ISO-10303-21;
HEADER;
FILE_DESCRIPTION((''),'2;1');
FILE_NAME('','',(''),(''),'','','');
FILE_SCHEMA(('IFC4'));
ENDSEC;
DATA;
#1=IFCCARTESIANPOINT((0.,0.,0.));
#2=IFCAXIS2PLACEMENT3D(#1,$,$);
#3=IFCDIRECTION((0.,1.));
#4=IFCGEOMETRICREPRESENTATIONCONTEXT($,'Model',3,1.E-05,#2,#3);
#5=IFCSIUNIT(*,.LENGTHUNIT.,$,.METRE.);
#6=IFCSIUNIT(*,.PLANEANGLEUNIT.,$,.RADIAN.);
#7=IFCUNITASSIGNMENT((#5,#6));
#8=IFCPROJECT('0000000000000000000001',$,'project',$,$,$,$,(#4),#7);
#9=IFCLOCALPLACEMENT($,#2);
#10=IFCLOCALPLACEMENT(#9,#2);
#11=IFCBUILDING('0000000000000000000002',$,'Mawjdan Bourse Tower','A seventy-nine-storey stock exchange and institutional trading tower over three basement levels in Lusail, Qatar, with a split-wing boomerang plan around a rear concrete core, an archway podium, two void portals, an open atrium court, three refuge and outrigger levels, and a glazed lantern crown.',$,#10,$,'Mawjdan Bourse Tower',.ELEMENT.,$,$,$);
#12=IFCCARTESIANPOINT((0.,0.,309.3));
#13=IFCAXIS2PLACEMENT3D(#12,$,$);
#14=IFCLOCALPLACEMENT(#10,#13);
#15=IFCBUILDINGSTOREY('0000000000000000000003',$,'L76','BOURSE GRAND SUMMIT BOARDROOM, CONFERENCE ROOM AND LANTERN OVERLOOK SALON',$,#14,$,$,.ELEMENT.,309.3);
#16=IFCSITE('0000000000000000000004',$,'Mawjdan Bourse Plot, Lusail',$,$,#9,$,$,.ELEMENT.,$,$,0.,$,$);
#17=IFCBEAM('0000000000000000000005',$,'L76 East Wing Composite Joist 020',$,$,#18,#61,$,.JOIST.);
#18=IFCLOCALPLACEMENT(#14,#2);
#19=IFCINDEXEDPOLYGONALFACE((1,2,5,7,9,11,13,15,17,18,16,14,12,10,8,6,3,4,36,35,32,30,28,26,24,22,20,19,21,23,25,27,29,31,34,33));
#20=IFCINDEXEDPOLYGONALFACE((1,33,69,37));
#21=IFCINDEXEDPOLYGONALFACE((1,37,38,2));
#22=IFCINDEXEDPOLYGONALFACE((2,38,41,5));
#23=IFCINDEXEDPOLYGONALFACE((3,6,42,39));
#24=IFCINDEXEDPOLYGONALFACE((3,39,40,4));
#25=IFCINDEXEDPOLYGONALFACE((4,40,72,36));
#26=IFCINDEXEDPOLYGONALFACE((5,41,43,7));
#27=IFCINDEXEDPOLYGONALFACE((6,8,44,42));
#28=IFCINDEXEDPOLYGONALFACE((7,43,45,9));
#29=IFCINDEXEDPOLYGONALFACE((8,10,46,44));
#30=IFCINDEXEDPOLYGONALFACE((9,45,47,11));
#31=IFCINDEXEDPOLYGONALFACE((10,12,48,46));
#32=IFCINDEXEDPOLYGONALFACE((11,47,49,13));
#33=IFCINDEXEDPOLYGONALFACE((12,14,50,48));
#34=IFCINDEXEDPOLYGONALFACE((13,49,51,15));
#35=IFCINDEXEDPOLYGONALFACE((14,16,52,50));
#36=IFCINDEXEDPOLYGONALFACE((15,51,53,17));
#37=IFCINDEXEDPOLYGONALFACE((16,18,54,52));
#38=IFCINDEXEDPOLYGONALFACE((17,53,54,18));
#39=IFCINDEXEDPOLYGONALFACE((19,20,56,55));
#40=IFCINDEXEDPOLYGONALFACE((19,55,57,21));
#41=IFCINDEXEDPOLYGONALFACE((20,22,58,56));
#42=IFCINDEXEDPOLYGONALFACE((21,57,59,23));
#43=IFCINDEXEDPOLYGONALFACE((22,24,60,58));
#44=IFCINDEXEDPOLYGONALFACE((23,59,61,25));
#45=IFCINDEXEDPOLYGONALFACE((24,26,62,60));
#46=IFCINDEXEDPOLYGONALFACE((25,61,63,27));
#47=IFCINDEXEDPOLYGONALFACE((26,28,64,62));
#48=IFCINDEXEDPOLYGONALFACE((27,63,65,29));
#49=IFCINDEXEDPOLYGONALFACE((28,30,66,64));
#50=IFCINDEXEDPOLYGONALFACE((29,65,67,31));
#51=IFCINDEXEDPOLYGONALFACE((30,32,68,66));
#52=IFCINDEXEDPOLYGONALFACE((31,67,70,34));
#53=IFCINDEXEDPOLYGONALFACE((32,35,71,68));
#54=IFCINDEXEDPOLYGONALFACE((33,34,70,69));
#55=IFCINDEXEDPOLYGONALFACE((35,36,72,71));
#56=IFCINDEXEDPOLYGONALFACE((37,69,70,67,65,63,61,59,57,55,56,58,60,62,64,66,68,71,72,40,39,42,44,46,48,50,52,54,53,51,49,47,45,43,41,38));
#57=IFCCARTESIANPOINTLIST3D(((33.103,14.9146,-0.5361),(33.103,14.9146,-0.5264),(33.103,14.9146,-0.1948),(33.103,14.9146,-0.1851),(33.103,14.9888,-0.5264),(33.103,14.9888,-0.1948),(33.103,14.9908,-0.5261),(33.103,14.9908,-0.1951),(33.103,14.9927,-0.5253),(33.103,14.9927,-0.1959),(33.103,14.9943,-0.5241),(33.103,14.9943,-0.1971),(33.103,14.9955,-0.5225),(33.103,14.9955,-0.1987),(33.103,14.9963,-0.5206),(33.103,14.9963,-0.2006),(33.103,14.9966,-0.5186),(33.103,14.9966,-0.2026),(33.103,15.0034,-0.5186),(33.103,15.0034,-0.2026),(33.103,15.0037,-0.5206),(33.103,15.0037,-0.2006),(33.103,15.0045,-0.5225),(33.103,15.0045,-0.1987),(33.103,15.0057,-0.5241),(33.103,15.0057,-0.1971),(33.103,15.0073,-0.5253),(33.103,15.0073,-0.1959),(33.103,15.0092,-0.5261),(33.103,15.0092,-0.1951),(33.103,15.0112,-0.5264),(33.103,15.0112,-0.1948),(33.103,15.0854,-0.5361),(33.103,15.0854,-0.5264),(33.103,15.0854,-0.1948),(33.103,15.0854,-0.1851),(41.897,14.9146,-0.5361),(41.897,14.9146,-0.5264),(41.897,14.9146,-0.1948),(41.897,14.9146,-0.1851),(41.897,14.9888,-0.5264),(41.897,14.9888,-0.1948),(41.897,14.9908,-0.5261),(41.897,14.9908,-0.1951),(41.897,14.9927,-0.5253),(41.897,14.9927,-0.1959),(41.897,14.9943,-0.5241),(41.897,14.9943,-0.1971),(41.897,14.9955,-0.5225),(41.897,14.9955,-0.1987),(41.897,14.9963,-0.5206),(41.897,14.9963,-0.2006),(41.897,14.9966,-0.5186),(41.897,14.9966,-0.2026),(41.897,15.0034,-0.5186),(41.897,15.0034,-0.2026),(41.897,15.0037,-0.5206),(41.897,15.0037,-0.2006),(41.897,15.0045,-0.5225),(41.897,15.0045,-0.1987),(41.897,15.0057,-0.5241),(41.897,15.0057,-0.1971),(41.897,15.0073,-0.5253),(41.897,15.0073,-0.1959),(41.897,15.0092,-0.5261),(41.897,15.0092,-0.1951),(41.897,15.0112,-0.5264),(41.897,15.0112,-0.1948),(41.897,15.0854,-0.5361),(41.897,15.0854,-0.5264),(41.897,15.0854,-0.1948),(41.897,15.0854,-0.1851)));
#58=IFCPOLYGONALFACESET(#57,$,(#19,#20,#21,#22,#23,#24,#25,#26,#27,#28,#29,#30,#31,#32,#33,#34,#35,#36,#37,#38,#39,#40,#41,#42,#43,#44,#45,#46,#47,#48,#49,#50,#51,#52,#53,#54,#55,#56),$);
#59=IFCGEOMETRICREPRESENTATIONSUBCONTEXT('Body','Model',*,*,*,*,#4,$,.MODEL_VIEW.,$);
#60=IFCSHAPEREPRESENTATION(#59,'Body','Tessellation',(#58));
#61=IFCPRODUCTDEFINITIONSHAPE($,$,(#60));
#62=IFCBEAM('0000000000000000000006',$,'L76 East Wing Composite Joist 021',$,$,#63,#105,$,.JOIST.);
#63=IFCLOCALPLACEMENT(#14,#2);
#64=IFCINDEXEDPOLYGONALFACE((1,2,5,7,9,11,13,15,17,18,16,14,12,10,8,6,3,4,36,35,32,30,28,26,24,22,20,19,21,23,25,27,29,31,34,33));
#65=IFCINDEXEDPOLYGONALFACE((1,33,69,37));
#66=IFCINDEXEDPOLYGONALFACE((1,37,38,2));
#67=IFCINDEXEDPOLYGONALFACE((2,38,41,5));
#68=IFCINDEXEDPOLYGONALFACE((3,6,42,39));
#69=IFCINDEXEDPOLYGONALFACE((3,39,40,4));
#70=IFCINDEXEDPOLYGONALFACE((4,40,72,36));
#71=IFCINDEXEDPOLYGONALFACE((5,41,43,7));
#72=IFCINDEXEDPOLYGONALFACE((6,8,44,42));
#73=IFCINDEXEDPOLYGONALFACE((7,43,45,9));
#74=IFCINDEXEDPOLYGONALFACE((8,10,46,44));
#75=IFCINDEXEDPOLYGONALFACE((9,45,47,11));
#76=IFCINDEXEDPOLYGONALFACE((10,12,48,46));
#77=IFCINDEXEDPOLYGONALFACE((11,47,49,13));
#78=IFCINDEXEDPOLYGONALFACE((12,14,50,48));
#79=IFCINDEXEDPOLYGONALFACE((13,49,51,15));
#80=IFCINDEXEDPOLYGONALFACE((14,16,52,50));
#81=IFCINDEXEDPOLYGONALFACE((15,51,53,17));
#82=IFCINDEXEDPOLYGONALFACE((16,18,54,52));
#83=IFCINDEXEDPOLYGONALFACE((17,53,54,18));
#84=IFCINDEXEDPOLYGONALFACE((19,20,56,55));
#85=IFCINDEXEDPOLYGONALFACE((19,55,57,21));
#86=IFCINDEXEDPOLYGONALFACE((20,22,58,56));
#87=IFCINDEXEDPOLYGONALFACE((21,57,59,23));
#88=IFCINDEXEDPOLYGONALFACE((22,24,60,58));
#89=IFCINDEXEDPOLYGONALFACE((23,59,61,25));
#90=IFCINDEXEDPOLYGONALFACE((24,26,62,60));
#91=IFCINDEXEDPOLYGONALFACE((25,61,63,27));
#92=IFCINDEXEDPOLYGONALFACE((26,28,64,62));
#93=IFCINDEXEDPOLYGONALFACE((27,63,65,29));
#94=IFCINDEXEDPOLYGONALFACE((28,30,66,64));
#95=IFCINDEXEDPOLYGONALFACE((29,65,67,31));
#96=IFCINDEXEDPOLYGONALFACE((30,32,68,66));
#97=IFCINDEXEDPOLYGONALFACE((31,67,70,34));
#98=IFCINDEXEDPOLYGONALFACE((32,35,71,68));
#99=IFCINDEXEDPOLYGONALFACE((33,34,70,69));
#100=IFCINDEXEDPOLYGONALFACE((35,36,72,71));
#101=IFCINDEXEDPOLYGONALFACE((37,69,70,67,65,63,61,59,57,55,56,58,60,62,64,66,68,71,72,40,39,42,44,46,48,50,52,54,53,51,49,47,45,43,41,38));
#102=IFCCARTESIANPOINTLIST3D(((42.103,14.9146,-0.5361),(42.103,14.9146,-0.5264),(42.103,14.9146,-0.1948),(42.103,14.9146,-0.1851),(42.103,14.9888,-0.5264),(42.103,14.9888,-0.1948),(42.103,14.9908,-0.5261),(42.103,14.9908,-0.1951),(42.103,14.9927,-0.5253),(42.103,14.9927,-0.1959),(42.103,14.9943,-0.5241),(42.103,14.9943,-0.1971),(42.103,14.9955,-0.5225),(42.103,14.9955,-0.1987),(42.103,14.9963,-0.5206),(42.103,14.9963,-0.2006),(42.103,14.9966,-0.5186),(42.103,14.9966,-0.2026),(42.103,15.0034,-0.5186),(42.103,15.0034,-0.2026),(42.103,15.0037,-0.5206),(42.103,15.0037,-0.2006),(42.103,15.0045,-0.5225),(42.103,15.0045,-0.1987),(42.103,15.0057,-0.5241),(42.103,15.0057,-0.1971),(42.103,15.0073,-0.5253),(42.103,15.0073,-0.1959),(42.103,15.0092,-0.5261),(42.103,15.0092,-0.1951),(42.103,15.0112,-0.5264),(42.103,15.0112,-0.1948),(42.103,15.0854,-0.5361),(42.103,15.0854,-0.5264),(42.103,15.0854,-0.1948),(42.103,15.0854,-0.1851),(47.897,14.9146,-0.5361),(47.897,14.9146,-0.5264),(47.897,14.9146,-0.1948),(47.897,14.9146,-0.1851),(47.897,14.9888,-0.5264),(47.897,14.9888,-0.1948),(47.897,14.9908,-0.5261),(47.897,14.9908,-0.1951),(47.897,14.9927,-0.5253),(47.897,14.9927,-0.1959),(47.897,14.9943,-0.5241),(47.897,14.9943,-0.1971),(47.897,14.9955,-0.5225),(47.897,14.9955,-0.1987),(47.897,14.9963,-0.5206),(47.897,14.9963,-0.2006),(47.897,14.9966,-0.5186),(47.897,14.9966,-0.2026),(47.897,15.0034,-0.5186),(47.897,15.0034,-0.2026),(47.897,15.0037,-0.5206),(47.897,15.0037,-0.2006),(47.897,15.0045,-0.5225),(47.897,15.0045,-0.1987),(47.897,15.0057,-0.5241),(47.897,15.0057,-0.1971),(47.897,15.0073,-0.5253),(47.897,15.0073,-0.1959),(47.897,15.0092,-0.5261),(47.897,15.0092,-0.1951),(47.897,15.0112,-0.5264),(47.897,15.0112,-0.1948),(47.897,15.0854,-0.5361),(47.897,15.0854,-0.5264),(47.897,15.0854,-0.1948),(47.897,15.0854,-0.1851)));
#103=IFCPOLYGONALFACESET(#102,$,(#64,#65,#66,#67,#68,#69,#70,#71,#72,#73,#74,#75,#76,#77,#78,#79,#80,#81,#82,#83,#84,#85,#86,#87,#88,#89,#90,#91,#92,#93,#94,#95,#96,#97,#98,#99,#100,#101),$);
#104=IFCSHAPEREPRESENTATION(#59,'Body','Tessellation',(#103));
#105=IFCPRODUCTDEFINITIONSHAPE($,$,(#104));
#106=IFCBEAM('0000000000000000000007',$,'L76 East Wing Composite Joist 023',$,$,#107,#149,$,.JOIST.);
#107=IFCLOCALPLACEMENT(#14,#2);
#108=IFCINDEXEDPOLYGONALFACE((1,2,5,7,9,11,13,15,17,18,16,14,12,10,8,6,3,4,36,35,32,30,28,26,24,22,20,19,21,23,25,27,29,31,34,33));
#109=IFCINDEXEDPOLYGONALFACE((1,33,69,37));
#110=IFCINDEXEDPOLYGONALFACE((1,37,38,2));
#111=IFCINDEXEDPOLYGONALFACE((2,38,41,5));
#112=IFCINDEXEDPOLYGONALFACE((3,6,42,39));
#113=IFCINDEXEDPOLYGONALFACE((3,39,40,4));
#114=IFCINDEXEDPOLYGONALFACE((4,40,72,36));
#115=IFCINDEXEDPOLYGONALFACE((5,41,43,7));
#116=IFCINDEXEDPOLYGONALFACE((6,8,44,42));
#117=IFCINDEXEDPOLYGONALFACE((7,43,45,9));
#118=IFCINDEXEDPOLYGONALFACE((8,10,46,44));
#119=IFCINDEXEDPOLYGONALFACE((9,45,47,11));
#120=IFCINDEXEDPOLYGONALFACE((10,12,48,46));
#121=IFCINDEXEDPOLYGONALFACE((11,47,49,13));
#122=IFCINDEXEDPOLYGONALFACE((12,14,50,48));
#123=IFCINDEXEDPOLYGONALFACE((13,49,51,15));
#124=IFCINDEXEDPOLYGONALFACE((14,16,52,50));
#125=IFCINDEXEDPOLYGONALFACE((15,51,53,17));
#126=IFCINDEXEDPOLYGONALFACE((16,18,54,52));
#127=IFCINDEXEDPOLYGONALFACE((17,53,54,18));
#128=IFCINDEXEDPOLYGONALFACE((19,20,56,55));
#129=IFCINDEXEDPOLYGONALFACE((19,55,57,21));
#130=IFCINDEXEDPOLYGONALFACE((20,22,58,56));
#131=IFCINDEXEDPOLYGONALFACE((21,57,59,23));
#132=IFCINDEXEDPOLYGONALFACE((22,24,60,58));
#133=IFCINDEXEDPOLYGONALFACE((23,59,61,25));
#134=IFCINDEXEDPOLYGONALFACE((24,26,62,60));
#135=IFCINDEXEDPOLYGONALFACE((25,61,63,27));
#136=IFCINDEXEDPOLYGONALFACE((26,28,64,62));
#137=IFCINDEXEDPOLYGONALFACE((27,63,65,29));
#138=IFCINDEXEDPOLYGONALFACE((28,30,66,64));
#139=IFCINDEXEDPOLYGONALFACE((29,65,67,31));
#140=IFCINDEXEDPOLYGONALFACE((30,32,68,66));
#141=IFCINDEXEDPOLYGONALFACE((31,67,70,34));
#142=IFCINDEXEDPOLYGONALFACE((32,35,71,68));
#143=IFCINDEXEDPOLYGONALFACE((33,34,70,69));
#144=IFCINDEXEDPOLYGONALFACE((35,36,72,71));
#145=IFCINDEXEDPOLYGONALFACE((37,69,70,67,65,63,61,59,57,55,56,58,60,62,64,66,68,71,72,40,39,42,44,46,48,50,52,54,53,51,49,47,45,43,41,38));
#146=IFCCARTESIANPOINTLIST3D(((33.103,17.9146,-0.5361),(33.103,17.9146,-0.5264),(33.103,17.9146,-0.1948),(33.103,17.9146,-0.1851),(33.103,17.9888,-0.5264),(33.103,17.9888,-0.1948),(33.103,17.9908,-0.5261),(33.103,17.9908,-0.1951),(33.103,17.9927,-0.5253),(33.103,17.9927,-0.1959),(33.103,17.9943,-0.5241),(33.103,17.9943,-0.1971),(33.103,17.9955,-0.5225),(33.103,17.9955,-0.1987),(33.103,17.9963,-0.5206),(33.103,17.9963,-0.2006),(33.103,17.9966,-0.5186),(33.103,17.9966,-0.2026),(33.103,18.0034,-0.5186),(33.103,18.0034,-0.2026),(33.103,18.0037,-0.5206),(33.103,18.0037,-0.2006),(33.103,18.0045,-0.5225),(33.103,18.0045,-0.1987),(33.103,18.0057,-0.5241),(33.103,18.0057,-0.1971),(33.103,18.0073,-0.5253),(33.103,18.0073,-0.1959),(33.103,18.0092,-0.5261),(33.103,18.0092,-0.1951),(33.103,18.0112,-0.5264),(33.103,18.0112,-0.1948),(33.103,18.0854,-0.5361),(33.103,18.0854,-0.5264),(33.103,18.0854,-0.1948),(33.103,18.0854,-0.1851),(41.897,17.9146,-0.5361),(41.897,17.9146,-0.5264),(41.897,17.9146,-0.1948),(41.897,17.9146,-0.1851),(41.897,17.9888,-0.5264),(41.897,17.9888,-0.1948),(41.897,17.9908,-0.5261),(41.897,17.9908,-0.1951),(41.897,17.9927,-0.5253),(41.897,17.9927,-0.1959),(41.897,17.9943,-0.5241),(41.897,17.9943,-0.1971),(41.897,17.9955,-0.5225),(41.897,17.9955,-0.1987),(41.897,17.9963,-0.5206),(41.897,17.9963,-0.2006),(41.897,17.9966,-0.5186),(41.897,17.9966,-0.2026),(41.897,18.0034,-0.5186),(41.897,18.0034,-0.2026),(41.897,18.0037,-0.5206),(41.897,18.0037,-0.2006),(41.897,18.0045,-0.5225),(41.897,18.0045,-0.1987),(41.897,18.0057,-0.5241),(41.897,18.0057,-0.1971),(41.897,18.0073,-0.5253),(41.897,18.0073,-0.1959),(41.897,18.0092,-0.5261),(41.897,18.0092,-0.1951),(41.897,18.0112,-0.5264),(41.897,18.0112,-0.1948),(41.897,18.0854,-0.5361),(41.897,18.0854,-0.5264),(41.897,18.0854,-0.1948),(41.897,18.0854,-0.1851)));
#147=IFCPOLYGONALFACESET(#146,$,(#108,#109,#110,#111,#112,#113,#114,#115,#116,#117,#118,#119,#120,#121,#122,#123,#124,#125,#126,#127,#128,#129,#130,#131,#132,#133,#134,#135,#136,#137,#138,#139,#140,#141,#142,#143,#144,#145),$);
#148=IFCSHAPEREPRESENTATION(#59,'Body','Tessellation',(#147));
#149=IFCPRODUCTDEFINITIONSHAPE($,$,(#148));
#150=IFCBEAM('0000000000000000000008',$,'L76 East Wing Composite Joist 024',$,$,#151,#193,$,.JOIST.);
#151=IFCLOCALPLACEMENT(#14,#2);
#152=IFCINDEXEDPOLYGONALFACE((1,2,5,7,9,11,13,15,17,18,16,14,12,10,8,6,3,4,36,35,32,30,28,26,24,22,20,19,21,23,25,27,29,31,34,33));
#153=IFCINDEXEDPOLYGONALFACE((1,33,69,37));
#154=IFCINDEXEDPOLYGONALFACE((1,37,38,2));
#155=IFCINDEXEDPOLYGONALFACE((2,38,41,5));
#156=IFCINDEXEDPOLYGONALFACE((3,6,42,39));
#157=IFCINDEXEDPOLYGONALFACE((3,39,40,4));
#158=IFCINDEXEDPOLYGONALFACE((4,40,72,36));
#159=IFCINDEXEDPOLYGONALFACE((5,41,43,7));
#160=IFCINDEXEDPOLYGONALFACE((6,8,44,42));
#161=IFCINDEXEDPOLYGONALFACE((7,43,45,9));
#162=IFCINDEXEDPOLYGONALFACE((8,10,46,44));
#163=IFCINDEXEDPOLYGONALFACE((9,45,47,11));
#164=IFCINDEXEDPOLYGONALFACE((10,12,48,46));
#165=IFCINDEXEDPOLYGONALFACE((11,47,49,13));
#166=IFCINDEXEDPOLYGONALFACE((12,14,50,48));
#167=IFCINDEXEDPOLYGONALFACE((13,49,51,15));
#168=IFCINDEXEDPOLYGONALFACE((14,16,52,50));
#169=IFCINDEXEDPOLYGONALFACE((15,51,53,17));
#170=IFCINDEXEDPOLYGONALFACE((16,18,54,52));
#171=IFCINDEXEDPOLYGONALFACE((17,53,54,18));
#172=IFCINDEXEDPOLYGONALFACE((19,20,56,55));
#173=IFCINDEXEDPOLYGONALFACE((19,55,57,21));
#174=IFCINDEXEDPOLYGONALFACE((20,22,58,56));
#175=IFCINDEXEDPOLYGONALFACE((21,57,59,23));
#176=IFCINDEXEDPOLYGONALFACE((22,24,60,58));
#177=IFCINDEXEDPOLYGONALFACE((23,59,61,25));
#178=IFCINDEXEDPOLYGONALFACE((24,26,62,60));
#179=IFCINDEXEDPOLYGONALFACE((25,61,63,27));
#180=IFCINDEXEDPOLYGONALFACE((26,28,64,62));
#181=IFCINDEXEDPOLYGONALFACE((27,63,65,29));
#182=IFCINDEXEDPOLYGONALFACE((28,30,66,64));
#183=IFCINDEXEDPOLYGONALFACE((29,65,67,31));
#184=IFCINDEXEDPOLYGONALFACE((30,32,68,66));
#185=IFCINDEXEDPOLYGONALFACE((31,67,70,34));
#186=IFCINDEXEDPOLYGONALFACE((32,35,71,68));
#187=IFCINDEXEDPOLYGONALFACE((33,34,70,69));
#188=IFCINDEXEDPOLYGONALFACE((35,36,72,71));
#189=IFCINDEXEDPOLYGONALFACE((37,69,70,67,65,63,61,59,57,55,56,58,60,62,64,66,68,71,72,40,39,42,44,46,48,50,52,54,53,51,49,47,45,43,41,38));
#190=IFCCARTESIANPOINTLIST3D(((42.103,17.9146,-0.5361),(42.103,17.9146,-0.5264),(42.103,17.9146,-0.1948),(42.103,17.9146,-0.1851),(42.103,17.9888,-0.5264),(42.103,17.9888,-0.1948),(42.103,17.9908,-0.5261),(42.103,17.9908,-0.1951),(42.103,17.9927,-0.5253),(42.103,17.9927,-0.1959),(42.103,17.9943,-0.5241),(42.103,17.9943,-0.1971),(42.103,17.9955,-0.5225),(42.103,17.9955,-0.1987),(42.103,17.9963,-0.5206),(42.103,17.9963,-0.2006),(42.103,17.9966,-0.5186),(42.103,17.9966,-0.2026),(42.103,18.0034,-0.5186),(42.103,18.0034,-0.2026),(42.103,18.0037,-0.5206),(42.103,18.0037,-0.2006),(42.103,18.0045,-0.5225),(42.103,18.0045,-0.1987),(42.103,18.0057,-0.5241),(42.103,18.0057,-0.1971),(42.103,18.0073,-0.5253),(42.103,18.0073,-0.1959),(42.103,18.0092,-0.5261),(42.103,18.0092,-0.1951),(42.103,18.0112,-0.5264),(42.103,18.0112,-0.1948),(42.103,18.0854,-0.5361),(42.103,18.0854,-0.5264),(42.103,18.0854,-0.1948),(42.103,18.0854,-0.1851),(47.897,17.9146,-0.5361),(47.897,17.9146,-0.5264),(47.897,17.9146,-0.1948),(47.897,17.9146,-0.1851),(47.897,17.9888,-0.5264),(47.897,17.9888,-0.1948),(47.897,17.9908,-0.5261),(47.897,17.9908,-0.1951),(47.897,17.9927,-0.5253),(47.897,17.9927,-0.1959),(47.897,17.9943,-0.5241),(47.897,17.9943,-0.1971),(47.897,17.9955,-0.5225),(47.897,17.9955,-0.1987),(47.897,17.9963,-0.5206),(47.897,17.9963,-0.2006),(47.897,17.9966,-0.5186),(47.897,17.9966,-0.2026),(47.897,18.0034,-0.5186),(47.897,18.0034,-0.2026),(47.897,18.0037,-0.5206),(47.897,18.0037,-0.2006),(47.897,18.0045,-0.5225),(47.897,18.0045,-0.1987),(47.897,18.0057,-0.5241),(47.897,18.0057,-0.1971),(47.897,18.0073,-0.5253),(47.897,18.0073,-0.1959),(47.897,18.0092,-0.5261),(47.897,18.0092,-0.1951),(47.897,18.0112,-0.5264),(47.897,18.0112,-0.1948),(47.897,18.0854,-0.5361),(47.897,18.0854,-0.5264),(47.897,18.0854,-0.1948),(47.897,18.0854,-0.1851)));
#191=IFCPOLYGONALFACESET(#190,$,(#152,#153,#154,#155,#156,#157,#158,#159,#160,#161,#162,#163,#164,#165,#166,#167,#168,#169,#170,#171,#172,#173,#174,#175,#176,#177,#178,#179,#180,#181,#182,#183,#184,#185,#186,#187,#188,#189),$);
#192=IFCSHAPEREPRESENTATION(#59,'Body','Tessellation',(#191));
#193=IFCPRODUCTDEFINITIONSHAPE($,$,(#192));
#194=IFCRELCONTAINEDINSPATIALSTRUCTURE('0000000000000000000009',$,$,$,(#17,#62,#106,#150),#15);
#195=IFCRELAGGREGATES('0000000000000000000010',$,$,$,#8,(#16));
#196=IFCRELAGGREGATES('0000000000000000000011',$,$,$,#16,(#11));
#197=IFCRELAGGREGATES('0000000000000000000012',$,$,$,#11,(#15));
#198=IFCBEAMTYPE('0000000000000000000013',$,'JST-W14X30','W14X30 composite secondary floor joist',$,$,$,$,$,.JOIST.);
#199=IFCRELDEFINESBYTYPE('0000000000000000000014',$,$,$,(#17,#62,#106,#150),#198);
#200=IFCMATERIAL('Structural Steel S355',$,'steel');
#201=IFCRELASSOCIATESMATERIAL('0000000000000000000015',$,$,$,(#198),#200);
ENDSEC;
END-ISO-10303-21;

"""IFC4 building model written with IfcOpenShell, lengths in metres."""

from ifc_helpers import new_model, si_unit, direction, frame, origin, origin_2d, place, context, subcontext, project, spatial, i_section, extrude, material, material_profile, profile_set, type_object, element, save


model = new_model("IFC4")

# Units and contexts
model_context = context("Model", 3, precision=1e-05, world=origin(), true_north=direction((0.0, 1.0)))
body_context = subcontext(model_context, "Body", "Model", "MODEL_VIEW")
ifc_project = project(units=[si_unit("LENGTHUNIT", "METRE"), si_unit("PLANEANGLEUNIT", "RADIAN")], contexts=[model_context])

# Site, building, storey
site_placement = place(None, origin())
site = spatial("IfcSite", under=ifc_project, at=site_placement, Name="Mawjdan Bourse Plot, Lusail", CompositionType="ELEMENT", RefElevation=0.0)
building_placement = place(site_placement, origin())
building = spatial("IfcBuilding", under=site, at=building_placement, Name="Mawjdan Bourse Tower", Description="A seventy-nine-storey stock exchange and institutional trading tower over three basement levels in Lusail, Qatar, with a split-wing boomerang plan around a rear concrete core, an archway podium, two void portals, an open atrium court, three refuge and outrigger levels, and a glazed lantern crown.", LongName="Mawjdan Bourse Tower", CompositionType="ELEMENT")
storey_placement = place(building_placement, frame((0.0, 0.0, 309.3)))
storey = spatial("IfcBuildingStorey", under=building, at=storey_placement, Name="L76", Description="BOURSE GRAND SUMMIT BOARDROOM, CONFERENCE ROOM AND LANTERN OVERLOOK SALON", CompositionType="ELEMENT", Elevation=309.3)

# Shared definitions
ifc_material_1 = material(Name="Structural Steel S355", Category="steel")

# Beams
ifc_material_profile_1 = material_profile(ifc_material_1, i_section(OverallWidth=0.1709, OverallDepth=0.3511, WebThickness=0.0068, FlangeThickness=0.0098, FilletRadius=0.0078, at=origin_2d()), Name="W14X30")
ifc_profile_set_1 = profile_set([ifc_material_profile_1], Name="Structural Steel S355")
beam_type_1 = type_object("IfcBeamType", Name="JST-W14X30", Description="W14X30 composite secondary floor joist", PredefinedType="JOIST", material=ifc_profile_set_1)
beam_1_placement = place(storey_placement, frame((33.103, 15.0, -0.3606), z_axis=(1.0, 0.0, 0.0), x_axis=(0.0, 1.0, 0.0)))
element("IfcBeam", 1, at=beam_1_placement, inside=storey, type_object=beam_type_1, Name="L76 East Wing Composite Joist 020", PredefinedType="JOIST", context=body_context, shape_type="SweptSolid", body=[
    extrude(i_section(OverallWidth=0.1709, OverallDepth=0.3511, WebThickness=0.0068, FlangeThickness=0.0098, FilletRadius=0.0078, at=origin_2d()), origin(), (0.0, 0.0, 1.0), 8.7939),
])
beam_2_placement = place(storey_placement, frame((42.103, 15.0, -0.3606), z_axis=(1.0, 0.0, 0.0), x_axis=(0.0, 1.0, 0.0)))
element("IfcBeam", 2, at=beam_2_placement, inside=storey, type_object=beam_type_1, Name="L76 East Wing Composite Joist 021", PredefinedType="JOIST", context=body_context, shape_type="SweptSolid", body=[
    extrude(i_section(OverallWidth=0.1709, OverallDepth=0.3511, WebThickness=0.0068, FlangeThickness=0.0098, FilletRadius=0.0078, at=origin_2d()), origin(), (0.0, 0.0, 1.0), 5.7939),
])
beam_3_placement = place(storey_placement, frame((33.103, 18.0, -0.3606), z_axis=(1.0, 0.0, 0.0), x_axis=(0.0, 1.0, 0.0)))
element("IfcBeam", 3, at=beam_3_placement, inside=storey, type_object=beam_type_1, Name="L76 East Wing Composite Joist 023", PredefinedType="JOIST", context=body_context, shape_type="SweptSolid", body=[
    extrude(i_section(OverallWidth=0.1709, OverallDepth=0.3511, WebThickness=0.0068, FlangeThickness=0.0098, FilletRadius=0.0078, at=origin_2d()), origin(), (0.0, 0.0, 1.0), 8.7939),
])
beam_4_placement = place(storey_placement, frame((42.103, 18.0, -0.3606), z_axis=(1.0, 0.0, 0.0), x_axis=(0.0, 1.0, 0.0)))
element("IfcBeam", 4, at=beam_4_placement, inside=storey, type_object=beam_type_1, Name="L76 East Wing Composite Joist 024", PredefinedType="JOIST", context=body_context, shape_type="SweptSolid", body=[
    extrude(i_section(OverallWidth=0.1709, OverallDepth=0.3511, WebThickness=0.0068, FlangeThickness=0.0098, FilletRadius=0.0078, at=origin_2d()), origin(), (0.0, 0.0, 1.0), 5.7939),
])

save(model, "model.ifc")
